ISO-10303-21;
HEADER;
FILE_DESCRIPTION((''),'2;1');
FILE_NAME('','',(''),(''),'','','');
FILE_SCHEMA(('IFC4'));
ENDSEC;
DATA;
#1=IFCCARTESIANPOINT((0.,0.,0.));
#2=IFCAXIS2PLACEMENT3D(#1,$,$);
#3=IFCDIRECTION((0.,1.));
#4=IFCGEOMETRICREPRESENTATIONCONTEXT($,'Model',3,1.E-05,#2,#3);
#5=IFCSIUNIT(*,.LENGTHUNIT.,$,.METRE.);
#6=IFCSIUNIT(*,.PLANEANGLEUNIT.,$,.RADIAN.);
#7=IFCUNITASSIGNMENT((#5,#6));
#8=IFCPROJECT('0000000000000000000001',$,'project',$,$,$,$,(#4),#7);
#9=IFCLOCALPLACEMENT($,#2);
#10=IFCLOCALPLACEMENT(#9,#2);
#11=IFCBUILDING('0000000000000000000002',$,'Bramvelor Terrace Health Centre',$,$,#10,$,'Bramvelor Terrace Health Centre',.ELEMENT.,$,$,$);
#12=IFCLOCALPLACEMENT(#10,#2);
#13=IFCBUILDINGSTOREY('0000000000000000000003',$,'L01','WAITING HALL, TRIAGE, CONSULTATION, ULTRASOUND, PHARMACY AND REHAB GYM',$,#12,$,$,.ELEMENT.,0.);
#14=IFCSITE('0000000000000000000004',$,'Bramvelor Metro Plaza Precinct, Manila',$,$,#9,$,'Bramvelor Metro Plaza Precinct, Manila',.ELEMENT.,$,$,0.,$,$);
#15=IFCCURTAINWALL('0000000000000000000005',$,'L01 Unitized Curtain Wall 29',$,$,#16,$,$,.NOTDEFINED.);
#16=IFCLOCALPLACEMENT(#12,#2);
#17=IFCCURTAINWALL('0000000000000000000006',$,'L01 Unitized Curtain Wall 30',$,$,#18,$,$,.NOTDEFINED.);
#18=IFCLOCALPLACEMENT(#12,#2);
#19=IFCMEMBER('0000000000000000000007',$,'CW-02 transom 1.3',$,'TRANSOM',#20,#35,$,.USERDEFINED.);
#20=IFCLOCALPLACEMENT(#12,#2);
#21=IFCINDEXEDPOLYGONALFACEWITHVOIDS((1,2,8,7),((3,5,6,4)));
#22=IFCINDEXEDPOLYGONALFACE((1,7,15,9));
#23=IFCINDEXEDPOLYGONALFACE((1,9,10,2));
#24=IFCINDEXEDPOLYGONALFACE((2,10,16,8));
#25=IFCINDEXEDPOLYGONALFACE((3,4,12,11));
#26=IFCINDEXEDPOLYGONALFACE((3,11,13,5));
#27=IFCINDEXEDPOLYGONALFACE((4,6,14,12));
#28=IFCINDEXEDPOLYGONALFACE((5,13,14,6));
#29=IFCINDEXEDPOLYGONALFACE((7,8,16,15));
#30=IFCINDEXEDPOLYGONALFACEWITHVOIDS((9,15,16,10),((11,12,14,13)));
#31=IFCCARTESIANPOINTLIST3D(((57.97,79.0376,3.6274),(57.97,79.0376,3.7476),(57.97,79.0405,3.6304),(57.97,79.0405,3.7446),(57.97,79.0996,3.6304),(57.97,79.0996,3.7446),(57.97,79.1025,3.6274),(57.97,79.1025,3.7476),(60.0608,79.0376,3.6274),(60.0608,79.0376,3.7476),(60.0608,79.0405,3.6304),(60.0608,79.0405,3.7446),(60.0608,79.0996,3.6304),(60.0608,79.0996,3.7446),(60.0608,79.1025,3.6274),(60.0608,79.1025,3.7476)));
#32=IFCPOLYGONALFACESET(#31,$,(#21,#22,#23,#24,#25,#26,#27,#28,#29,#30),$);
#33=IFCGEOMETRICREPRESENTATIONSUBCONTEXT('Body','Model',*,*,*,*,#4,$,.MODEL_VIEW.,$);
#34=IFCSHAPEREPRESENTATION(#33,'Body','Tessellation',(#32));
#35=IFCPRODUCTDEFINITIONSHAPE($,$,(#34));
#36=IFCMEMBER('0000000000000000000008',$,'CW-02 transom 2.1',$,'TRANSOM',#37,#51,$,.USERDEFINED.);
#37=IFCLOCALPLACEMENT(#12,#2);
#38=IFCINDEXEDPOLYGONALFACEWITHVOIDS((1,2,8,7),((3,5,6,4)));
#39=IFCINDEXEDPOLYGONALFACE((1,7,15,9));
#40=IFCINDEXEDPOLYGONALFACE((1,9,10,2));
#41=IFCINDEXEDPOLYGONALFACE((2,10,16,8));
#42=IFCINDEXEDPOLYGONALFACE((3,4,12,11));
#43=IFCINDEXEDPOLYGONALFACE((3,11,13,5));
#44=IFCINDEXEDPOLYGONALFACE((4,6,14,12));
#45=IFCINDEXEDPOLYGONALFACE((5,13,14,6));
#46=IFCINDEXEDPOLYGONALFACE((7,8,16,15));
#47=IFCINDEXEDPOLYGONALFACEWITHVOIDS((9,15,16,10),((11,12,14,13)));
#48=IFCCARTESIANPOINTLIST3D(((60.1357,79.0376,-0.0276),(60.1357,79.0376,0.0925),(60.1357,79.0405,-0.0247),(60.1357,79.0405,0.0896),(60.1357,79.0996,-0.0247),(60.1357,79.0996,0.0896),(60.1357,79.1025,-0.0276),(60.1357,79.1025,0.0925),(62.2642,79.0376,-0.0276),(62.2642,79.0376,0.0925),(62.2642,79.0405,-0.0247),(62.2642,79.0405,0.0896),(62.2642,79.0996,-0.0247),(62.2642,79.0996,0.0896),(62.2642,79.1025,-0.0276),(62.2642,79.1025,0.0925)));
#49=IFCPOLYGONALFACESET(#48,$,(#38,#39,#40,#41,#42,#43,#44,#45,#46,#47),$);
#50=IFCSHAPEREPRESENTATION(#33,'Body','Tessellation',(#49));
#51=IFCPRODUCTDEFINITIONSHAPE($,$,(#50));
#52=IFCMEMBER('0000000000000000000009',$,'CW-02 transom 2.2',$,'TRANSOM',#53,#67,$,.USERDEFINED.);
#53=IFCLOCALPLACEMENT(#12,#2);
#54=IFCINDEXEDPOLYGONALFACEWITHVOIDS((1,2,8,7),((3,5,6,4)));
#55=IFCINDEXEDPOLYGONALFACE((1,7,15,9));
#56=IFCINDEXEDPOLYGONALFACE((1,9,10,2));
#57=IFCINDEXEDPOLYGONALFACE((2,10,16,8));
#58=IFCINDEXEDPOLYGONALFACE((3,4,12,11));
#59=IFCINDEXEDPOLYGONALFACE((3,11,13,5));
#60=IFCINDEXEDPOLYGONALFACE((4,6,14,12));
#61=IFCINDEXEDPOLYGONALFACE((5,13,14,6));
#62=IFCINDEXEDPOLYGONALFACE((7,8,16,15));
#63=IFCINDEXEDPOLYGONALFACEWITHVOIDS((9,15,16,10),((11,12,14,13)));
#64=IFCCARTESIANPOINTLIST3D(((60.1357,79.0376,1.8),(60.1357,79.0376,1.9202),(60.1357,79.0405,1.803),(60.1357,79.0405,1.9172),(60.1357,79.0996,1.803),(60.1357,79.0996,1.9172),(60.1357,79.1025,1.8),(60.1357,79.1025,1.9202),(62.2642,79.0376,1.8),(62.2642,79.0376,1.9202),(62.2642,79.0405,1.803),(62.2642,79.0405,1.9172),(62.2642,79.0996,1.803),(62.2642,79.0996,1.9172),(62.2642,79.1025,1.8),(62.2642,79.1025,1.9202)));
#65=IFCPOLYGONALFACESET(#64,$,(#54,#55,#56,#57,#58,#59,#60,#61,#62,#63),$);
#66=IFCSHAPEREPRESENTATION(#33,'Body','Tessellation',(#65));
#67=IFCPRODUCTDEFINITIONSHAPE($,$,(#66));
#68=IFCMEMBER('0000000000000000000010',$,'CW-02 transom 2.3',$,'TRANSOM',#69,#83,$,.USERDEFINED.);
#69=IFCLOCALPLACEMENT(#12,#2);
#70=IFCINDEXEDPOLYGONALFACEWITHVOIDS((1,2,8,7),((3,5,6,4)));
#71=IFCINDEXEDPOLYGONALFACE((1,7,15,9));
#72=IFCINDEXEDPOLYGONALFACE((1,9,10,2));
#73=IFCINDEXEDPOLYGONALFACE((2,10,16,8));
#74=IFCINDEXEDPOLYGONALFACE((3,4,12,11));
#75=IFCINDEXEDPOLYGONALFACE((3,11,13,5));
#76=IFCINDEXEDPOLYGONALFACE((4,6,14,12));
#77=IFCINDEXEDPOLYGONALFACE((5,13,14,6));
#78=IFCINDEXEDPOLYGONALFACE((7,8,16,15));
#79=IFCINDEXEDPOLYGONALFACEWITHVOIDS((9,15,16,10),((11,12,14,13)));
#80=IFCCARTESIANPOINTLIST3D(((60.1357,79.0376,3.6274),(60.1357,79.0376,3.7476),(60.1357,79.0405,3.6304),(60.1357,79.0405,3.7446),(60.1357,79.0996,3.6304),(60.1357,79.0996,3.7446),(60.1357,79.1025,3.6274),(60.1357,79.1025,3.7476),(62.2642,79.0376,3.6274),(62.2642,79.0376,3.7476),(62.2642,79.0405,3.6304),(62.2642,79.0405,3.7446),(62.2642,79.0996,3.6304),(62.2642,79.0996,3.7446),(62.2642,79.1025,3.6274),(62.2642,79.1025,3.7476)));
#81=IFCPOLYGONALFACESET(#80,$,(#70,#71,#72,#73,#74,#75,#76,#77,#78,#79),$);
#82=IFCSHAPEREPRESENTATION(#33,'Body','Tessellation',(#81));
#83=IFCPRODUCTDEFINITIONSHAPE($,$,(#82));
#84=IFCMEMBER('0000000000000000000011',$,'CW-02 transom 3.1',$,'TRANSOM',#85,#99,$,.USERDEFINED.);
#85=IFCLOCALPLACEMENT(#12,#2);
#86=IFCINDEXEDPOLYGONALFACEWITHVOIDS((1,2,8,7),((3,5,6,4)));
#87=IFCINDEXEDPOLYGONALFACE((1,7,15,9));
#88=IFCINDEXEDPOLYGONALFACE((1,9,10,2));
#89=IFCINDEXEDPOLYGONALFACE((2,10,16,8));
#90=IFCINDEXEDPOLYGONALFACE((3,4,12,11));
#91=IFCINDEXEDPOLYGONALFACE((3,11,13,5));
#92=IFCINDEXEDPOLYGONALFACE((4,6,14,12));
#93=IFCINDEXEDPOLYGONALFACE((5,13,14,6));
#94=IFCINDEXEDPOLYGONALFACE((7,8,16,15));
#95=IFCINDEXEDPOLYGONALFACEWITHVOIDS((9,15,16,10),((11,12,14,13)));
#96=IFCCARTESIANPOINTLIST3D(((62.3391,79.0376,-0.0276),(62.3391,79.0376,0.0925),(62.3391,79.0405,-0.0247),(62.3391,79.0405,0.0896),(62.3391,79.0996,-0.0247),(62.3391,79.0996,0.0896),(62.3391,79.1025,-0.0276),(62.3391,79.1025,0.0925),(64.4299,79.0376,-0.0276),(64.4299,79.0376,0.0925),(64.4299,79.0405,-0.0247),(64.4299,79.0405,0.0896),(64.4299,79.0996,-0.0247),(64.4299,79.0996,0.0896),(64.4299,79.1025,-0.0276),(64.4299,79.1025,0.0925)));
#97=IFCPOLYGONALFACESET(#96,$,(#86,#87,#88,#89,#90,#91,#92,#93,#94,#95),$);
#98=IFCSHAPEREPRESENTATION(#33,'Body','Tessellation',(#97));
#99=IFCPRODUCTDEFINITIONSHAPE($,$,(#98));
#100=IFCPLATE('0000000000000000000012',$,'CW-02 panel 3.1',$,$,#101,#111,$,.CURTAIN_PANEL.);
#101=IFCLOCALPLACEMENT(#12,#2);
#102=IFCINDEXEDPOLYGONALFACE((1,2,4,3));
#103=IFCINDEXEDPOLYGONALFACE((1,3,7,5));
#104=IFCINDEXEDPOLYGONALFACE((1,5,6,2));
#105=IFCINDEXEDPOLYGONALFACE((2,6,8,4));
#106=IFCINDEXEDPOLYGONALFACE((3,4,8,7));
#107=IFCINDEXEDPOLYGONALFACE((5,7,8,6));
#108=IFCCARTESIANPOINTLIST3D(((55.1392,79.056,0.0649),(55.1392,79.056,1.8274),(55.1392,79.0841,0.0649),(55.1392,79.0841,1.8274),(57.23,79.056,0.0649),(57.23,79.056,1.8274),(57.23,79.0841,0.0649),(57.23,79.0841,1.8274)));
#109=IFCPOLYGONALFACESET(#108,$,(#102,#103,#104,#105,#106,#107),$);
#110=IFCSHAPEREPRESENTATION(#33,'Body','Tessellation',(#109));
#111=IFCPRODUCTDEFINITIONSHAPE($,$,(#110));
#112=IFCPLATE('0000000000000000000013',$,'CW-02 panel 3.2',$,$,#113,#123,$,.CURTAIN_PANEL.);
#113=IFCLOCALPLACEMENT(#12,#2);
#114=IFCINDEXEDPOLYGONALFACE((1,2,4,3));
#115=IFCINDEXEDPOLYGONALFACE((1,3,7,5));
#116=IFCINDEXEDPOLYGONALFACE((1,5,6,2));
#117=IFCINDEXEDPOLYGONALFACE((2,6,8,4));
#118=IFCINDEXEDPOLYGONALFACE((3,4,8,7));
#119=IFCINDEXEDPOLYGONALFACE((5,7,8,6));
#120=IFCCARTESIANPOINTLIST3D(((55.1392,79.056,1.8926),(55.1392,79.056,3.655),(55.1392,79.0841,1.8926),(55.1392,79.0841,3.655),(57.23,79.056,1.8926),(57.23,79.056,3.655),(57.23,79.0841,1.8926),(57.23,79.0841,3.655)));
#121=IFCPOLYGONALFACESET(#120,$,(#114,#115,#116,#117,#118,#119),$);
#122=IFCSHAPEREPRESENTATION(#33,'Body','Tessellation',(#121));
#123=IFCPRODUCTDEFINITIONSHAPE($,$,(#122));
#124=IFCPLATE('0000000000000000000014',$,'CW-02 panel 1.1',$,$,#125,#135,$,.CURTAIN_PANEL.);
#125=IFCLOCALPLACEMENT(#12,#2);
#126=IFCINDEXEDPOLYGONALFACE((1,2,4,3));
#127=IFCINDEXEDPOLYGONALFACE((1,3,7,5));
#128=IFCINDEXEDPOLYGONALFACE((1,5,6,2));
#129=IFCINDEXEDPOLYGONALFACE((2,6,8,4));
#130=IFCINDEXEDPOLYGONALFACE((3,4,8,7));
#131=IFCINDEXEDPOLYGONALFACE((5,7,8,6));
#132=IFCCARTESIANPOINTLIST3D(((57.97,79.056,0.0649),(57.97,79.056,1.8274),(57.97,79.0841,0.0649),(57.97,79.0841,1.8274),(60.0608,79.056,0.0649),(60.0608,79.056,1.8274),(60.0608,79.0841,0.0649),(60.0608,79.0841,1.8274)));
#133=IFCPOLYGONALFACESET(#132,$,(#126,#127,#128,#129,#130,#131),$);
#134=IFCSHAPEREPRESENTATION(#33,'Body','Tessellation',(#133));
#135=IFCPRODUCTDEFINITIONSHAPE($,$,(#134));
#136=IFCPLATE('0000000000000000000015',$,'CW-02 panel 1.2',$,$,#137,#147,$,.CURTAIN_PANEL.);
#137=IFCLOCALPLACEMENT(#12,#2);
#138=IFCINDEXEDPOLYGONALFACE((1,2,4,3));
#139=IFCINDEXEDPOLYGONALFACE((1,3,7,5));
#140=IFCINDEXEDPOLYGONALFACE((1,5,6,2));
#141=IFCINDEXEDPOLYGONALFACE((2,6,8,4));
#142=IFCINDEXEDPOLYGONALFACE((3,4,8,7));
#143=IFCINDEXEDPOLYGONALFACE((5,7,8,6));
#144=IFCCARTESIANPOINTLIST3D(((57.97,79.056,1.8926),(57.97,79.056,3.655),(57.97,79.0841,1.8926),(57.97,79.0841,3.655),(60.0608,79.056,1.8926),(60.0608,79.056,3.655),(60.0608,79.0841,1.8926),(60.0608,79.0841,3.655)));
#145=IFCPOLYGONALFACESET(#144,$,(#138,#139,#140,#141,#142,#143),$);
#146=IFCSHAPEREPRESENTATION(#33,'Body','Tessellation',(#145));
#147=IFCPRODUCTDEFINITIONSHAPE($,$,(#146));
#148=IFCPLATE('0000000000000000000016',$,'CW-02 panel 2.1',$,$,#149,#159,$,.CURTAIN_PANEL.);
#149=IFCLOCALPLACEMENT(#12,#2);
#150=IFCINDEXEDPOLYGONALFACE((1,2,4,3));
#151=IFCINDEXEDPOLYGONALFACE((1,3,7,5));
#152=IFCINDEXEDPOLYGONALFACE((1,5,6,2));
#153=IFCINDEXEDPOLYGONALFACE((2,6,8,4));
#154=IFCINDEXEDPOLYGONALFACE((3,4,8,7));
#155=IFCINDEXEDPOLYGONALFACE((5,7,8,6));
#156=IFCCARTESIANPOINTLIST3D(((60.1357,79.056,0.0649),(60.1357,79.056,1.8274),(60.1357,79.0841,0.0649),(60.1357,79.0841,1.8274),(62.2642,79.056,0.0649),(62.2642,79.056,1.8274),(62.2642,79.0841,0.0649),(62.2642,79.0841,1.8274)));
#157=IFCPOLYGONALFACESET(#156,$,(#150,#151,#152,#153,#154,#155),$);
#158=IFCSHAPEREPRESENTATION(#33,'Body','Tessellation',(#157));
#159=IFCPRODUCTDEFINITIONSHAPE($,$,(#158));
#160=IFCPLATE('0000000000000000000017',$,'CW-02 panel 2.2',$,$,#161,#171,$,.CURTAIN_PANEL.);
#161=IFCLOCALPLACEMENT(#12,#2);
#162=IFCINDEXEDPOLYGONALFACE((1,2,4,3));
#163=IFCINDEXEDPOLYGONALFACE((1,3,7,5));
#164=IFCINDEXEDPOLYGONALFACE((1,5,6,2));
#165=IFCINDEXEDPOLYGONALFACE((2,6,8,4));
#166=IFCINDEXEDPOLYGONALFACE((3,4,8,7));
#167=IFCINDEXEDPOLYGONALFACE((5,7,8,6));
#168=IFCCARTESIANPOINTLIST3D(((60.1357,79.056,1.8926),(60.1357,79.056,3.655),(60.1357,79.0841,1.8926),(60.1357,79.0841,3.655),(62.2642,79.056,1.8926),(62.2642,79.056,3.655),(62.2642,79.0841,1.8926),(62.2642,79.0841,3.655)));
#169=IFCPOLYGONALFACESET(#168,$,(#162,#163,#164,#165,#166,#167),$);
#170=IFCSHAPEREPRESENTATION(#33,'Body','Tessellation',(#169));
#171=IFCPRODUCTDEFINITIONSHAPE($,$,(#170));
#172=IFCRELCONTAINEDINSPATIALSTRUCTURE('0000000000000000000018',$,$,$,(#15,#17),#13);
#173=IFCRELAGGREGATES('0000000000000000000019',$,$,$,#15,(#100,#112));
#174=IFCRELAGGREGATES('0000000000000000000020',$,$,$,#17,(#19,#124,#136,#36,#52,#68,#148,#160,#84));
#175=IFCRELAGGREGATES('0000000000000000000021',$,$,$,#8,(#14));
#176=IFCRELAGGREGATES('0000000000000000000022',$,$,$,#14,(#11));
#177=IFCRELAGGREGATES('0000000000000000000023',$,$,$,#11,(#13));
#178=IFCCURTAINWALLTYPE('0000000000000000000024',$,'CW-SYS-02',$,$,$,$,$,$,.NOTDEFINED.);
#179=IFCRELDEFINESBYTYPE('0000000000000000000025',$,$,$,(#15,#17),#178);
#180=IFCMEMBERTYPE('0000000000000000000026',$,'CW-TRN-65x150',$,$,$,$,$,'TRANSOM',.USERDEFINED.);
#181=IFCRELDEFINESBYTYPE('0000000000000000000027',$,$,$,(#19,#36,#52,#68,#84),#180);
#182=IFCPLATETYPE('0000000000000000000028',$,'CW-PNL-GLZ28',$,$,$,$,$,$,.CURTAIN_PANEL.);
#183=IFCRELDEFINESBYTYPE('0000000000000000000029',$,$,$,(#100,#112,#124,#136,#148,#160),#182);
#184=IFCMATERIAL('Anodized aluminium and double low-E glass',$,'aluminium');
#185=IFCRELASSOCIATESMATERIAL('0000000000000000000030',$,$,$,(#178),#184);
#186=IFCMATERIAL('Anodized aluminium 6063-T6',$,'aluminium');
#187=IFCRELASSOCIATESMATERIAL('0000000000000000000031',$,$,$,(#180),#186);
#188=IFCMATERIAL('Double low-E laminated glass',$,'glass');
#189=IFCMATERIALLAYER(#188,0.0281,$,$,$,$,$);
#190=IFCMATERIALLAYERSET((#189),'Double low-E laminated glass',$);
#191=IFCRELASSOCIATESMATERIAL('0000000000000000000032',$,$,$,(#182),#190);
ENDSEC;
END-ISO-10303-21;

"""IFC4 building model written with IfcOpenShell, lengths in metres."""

from ifc_helpers import new_model, si_unit, direction, frame, origin, origin_2d, place, context, subcontext, project, spatial, rectangle, hollow_rectangle, extrude, material, layer, layer_set, material_profile, profile_set, type_object, element, aggregate, save


model = new_model("IFC4")

# Units and contexts
model_context = context("Model", 3, precision=1e-05, world=origin(), true_north=direction((0.0, 1.0)))
body_context = subcontext(model_context, "Body", "Model", "MODEL_VIEW")
ifc_project = project(units=[si_unit("LENGTHUNIT", "METRE"), si_unit("PLANEANGLEUNIT", "RADIAN")], contexts=[model_context])

# Site, building, storey
site_placement = place(None, origin())
site = spatial("IfcSite", under=ifc_project, at=site_placement, Name="Bramvelor Metro Plaza Precinct, Manila", LongName="Bramvelor Metro Plaza Precinct, Manila", CompositionType="ELEMENT", RefElevation=0.0)
building_placement = place(site_placement, origin())
building = spatial("IfcBuilding", under=site, at=building_placement, Name="Bramvelor Terrace Health Centre", LongName="Bramvelor Terrace Health Centre", CompositionType="ELEMENT")
storey_placement = place(building_placement, origin())
storey = spatial("IfcBuildingStorey", under=building, at=storey_placement, Name="L01", Description="WAITING HALL, TRIAGE, CONSULTATION, ULTRASOUND, PHARMACY AND REHAB GYM", CompositionType="ELEMENT", Elevation=0.0)

# Curtain wall
ifc_material_1 = material(Name="Anodized aluminium and double low-E glass", Category="aluminium")
curtain_wall_type = type_object("IfcCurtainWallType", Name="CW-SYS-02", PredefinedType="NOTDEFINED", material=ifc_material_1)
curtain_wall_1_placement = place(storey_placement, origin())
curtain_wall_1 = element("IfcCurtainWall", 1, at=curtain_wall_1_placement, inside=storey, type_object=curtain_wall_type, Name="L01 Unitized Curtain Wall 29", PredefinedType="NOTDEFINED")

# Curtain wall, members
curtain_wall_2_placement = place(storey_placement, origin())
curtain_wall_2 = element("IfcCurtainWall", 2, at=curtain_wall_2_placement, inside=storey, type_object=curtain_wall_type, Name="L01 Unitized Curtain Wall 30", PredefinedType="NOTDEFINED")
ifc_material_2 = material(Name="Anodized aluminium 6063-T6", Category="aluminium")
ifc_material_profile_1 = material_profile(ifc_material_2, hollow_rectangle(XDim=0.0649, YDim=0.1201, WallThickness=0.0029, at=origin_2d()), Name="ALU-TRN 65x120x3.0")
ifc_profile_set_1 = profile_set([ifc_material_profile_1], Name="Anodized aluminium 6063-T6")
member_type_1 = type_object("IfcMemberType", Name="CW-TRN-65x150", ElementType="TRANSOM", PredefinedType="USERDEFINED", material=ifc_profile_set_1)
member_1_placement = place(storey_placement, frame((57.97, 79.0701, 3.6875), z_axis=(1.0, 0.0, 0.0), x_axis=(0.0, 1.0, 0.0)))
member_1 = element("IfcMember", 3, at=member_1_placement, type_object=member_type_1, Name="CW-02 transom 1.3", ObjectType="TRANSOM", PredefinedType="USERDEFINED", context=body_context, shape_type="SweptSolid", body=[
    extrude(hollow_rectangle(XDim=0.0649, YDim=0.1201, WallThickness=0.0029, at=origin_2d()), origin(), (0.0, 0.0, 1.0), 2.0908),
])
member_2_placement = place(storey_placement, frame((60.1357, 79.0701, 0.0325), z_axis=(1.0, 0.0, 0.0), x_axis=(0.0, 1.0, 0.0)))
member_2 = element("IfcMember", 4, at=member_2_placement, type_object=member_type_1, Name="CW-02 transom 2.1", ObjectType="TRANSOM", PredefinedType="USERDEFINED", context=body_context, shape_type="SweptSolid", body=[
    extrude(hollow_rectangle(XDim=0.0649, YDim=0.1201, WallThickness=0.0029, at=origin_2d()), origin(), (0.0, 0.0, 1.0), 2.1284),
])
member_3_placement = place(storey_placement, frame((60.1357, 79.0701, 1.8601), z_axis=(1.0, 0.0, 0.0), x_axis=(0.0, 1.0, 0.0)))
member_3 = element("IfcMember", 5, at=member_3_placement, type_object=member_type_1, Name="CW-02 transom 2.2", ObjectType="TRANSOM", PredefinedType="USERDEFINED", context=body_context, shape_type="SweptSolid", body=[
    extrude(hollow_rectangle(XDim=0.0649, YDim=0.1201, WallThickness=0.0029, at=origin_2d()), origin(), (0.0, 0.0, 1.0), 2.1284),
])
member_4_placement = place(storey_placement, frame((60.1357, 79.0701, 3.6875), z_axis=(1.0, 0.0, 0.0), x_axis=(0.0, 1.0, 0.0)))
member_4 = element("IfcMember", 6, at=member_4_placement, type_object=member_type_1, Name="CW-02 transom 2.3", ObjectType="TRANSOM", PredefinedType="USERDEFINED", context=body_context, shape_type="SweptSolid", body=[
    extrude(hollow_rectangle(XDim=0.0649, YDim=0.1201, WallThickness=0.0029, at=origin_2d()), origin(), (0.0, 0.0, 1.0), 2.1284),
])
member_5_placement = place(storey_placement, frame((62.3391, 79.0701, 0.0325), z_axis=(1.0, 0.0, 0.0), x_axis=(0.0, 1.0, 0.0)))
member_5 = element("IfcMember", 7, at=member_5_placement, type_object=member_type_1, Name="CW-02 transom 3.1", ObjectType="TRANSOM", PredefinedType="USERDEFINED", context=body_context, shape_type="SweptSolid", body=[
    extrude(hollow_rectangle(XDim=0.0649, YDim=0.1201, WallThickness=0.0029, at=origin_2d()), origin(), (0.0, 0.0, 1.0), 2.0908),
])

# Plates
ifc_material_3 = material(Name="Double low-E laminated glass", Category="glass")
ifc_layer = layer(ifc_material_3, 0.0281)
ifc_layer_set = layer_set([ifc_layer], Name="Double low-E laminated glass")
plate_type = type_object("IfcPlateType", Name="CW-PNL-GLZ28", PredefinedType="CURTAIN_PANEL", material=ifc_layer_set)
plate_1_placement = place(storey_placement, frame((56.1846, 79.0701, 0.0649), z_axis=(0.0, 0.0, 1.0), x_axis=(1.0, 0.0, 0.0)))
plate_1 = element("IfcPlate", 8, at=plate_1_placement, type_object=plate_type, Name="CW-02 panel 3.1", PredefinedType="CURTAIN_PANEL", context=body_context, shape_type="SweptSolid", body=[
    extrude(rectangle(XDim=2.0908, YDim=0.0281, at=origin_2d()), origin(), (0.0, 0.0, 1.0), 1.7625),
])
plate_2_placement = place(storey_placement, frame((56.1846, 79.0701, 1.8926), z_axis=(0.0, 0.0, 1.0), x_axis=(1.0, 0.0, 0.0)))
plate_2 = element("IfcPlate", 9, at=plate_2_placement, type_object=plate_type, Name="CW-02 panel 3.2", PredefinedType="CURTAIN_PANEL", context=body_context, shape_type="SweptSolid", body=[
    extrude(rectangle(XDim=2.0908, YDim=0.0281, at=origin_2d()), origin(), (0.0, 0.0, 1.0), 1.7625),
])
aggregate(curtain_wall_1, [plate_1, plate_2])
plate_3_placement = place(storey_placement, frame((59.0154, 79.0701, 0.0649), z_axis=(0.0, 0.0, 1.0), x_axis=(1.0, 0.0, 0.0)))
plate_3 = element("IfcPlate", 10, at=plate_3_placement, type_object=plate_type, Name="CW-02 panel 1.1", PredefinedType="CURTAIN_PANEL", context=body_context, shape_type="SweptSolid", body=[
    extrude(rectangle(XDim=2.0908, YDim=0.0281, at=origin_2d()), origin(), (0.0, 0.0, 1.0), 1.7625),
])
plate_4_placement = place(storey_placement, frame((59.0154, 79.0701, 1.8926), z_axis=(0.0, 0.0, 1.0), x_axis=(1.0, 0.0, 0.0)))
plate_4 = element("IfcPlate", 11, at=plate_4_placement, type_object=plate_type, Name="CW-02 panel 1.2", PredefinedType="CURTAIN_PANEL", context=body_context, shape_type="SweptSolid", body=[
    extrude(rectangle(XDim=2.0908, YDim=0.0281, at=origin_2d()), origin(), (0.0, 0.0, 1.0), 1.7625),
])
plate_5_placement = place(storey_placement, frame((61.2, 79.0701, 0.0649), z_axis=(0.0, 0.0, 1.0), x_axis=(1.0, 0.0, 0.0)))
plate_5 = element("IfcPlate", 12, at=plate_5_placement, type_object=plate_type, Name="CW-02 panel 2.1", PredefinedType="CURTAIN_PANEL", context=body_context, shape_type="SweptSolid", body=[
    extrude(rectangle(XDim=2.1284, YDim=0.0281, at=origin_2d()), origin(), (0.0, 0.0, 1.0), 1.7625),
])
plate_6_placement = place(storey_placement, frame((61.2, 79.0701, 1.8926), z_axis=(0.0, 0.0, 1.0), x_axis=(1.0, 0.0, 0.0)))
plate_6 = element("IfcPlate", 13, at=plate_6_placement, type_object=plate_type, Name="CW-02 panel 2.2", PredefinedType="CURTAIN_PANEL", context=body_context, shape_type="SweptSolid", body=[
    extrude(rectangle(XDim=2.1284, YDim=0.0281, at=origin_2d()), origin(), (0.0, 0.0, 1.0), 1.7625),
])
aggregate(curtain_wall_2, [member_1, plate_3, plate_4, member_2, member_3, member_4, plate_5, plate_6, member_5])

save(model, "model.ifc")
